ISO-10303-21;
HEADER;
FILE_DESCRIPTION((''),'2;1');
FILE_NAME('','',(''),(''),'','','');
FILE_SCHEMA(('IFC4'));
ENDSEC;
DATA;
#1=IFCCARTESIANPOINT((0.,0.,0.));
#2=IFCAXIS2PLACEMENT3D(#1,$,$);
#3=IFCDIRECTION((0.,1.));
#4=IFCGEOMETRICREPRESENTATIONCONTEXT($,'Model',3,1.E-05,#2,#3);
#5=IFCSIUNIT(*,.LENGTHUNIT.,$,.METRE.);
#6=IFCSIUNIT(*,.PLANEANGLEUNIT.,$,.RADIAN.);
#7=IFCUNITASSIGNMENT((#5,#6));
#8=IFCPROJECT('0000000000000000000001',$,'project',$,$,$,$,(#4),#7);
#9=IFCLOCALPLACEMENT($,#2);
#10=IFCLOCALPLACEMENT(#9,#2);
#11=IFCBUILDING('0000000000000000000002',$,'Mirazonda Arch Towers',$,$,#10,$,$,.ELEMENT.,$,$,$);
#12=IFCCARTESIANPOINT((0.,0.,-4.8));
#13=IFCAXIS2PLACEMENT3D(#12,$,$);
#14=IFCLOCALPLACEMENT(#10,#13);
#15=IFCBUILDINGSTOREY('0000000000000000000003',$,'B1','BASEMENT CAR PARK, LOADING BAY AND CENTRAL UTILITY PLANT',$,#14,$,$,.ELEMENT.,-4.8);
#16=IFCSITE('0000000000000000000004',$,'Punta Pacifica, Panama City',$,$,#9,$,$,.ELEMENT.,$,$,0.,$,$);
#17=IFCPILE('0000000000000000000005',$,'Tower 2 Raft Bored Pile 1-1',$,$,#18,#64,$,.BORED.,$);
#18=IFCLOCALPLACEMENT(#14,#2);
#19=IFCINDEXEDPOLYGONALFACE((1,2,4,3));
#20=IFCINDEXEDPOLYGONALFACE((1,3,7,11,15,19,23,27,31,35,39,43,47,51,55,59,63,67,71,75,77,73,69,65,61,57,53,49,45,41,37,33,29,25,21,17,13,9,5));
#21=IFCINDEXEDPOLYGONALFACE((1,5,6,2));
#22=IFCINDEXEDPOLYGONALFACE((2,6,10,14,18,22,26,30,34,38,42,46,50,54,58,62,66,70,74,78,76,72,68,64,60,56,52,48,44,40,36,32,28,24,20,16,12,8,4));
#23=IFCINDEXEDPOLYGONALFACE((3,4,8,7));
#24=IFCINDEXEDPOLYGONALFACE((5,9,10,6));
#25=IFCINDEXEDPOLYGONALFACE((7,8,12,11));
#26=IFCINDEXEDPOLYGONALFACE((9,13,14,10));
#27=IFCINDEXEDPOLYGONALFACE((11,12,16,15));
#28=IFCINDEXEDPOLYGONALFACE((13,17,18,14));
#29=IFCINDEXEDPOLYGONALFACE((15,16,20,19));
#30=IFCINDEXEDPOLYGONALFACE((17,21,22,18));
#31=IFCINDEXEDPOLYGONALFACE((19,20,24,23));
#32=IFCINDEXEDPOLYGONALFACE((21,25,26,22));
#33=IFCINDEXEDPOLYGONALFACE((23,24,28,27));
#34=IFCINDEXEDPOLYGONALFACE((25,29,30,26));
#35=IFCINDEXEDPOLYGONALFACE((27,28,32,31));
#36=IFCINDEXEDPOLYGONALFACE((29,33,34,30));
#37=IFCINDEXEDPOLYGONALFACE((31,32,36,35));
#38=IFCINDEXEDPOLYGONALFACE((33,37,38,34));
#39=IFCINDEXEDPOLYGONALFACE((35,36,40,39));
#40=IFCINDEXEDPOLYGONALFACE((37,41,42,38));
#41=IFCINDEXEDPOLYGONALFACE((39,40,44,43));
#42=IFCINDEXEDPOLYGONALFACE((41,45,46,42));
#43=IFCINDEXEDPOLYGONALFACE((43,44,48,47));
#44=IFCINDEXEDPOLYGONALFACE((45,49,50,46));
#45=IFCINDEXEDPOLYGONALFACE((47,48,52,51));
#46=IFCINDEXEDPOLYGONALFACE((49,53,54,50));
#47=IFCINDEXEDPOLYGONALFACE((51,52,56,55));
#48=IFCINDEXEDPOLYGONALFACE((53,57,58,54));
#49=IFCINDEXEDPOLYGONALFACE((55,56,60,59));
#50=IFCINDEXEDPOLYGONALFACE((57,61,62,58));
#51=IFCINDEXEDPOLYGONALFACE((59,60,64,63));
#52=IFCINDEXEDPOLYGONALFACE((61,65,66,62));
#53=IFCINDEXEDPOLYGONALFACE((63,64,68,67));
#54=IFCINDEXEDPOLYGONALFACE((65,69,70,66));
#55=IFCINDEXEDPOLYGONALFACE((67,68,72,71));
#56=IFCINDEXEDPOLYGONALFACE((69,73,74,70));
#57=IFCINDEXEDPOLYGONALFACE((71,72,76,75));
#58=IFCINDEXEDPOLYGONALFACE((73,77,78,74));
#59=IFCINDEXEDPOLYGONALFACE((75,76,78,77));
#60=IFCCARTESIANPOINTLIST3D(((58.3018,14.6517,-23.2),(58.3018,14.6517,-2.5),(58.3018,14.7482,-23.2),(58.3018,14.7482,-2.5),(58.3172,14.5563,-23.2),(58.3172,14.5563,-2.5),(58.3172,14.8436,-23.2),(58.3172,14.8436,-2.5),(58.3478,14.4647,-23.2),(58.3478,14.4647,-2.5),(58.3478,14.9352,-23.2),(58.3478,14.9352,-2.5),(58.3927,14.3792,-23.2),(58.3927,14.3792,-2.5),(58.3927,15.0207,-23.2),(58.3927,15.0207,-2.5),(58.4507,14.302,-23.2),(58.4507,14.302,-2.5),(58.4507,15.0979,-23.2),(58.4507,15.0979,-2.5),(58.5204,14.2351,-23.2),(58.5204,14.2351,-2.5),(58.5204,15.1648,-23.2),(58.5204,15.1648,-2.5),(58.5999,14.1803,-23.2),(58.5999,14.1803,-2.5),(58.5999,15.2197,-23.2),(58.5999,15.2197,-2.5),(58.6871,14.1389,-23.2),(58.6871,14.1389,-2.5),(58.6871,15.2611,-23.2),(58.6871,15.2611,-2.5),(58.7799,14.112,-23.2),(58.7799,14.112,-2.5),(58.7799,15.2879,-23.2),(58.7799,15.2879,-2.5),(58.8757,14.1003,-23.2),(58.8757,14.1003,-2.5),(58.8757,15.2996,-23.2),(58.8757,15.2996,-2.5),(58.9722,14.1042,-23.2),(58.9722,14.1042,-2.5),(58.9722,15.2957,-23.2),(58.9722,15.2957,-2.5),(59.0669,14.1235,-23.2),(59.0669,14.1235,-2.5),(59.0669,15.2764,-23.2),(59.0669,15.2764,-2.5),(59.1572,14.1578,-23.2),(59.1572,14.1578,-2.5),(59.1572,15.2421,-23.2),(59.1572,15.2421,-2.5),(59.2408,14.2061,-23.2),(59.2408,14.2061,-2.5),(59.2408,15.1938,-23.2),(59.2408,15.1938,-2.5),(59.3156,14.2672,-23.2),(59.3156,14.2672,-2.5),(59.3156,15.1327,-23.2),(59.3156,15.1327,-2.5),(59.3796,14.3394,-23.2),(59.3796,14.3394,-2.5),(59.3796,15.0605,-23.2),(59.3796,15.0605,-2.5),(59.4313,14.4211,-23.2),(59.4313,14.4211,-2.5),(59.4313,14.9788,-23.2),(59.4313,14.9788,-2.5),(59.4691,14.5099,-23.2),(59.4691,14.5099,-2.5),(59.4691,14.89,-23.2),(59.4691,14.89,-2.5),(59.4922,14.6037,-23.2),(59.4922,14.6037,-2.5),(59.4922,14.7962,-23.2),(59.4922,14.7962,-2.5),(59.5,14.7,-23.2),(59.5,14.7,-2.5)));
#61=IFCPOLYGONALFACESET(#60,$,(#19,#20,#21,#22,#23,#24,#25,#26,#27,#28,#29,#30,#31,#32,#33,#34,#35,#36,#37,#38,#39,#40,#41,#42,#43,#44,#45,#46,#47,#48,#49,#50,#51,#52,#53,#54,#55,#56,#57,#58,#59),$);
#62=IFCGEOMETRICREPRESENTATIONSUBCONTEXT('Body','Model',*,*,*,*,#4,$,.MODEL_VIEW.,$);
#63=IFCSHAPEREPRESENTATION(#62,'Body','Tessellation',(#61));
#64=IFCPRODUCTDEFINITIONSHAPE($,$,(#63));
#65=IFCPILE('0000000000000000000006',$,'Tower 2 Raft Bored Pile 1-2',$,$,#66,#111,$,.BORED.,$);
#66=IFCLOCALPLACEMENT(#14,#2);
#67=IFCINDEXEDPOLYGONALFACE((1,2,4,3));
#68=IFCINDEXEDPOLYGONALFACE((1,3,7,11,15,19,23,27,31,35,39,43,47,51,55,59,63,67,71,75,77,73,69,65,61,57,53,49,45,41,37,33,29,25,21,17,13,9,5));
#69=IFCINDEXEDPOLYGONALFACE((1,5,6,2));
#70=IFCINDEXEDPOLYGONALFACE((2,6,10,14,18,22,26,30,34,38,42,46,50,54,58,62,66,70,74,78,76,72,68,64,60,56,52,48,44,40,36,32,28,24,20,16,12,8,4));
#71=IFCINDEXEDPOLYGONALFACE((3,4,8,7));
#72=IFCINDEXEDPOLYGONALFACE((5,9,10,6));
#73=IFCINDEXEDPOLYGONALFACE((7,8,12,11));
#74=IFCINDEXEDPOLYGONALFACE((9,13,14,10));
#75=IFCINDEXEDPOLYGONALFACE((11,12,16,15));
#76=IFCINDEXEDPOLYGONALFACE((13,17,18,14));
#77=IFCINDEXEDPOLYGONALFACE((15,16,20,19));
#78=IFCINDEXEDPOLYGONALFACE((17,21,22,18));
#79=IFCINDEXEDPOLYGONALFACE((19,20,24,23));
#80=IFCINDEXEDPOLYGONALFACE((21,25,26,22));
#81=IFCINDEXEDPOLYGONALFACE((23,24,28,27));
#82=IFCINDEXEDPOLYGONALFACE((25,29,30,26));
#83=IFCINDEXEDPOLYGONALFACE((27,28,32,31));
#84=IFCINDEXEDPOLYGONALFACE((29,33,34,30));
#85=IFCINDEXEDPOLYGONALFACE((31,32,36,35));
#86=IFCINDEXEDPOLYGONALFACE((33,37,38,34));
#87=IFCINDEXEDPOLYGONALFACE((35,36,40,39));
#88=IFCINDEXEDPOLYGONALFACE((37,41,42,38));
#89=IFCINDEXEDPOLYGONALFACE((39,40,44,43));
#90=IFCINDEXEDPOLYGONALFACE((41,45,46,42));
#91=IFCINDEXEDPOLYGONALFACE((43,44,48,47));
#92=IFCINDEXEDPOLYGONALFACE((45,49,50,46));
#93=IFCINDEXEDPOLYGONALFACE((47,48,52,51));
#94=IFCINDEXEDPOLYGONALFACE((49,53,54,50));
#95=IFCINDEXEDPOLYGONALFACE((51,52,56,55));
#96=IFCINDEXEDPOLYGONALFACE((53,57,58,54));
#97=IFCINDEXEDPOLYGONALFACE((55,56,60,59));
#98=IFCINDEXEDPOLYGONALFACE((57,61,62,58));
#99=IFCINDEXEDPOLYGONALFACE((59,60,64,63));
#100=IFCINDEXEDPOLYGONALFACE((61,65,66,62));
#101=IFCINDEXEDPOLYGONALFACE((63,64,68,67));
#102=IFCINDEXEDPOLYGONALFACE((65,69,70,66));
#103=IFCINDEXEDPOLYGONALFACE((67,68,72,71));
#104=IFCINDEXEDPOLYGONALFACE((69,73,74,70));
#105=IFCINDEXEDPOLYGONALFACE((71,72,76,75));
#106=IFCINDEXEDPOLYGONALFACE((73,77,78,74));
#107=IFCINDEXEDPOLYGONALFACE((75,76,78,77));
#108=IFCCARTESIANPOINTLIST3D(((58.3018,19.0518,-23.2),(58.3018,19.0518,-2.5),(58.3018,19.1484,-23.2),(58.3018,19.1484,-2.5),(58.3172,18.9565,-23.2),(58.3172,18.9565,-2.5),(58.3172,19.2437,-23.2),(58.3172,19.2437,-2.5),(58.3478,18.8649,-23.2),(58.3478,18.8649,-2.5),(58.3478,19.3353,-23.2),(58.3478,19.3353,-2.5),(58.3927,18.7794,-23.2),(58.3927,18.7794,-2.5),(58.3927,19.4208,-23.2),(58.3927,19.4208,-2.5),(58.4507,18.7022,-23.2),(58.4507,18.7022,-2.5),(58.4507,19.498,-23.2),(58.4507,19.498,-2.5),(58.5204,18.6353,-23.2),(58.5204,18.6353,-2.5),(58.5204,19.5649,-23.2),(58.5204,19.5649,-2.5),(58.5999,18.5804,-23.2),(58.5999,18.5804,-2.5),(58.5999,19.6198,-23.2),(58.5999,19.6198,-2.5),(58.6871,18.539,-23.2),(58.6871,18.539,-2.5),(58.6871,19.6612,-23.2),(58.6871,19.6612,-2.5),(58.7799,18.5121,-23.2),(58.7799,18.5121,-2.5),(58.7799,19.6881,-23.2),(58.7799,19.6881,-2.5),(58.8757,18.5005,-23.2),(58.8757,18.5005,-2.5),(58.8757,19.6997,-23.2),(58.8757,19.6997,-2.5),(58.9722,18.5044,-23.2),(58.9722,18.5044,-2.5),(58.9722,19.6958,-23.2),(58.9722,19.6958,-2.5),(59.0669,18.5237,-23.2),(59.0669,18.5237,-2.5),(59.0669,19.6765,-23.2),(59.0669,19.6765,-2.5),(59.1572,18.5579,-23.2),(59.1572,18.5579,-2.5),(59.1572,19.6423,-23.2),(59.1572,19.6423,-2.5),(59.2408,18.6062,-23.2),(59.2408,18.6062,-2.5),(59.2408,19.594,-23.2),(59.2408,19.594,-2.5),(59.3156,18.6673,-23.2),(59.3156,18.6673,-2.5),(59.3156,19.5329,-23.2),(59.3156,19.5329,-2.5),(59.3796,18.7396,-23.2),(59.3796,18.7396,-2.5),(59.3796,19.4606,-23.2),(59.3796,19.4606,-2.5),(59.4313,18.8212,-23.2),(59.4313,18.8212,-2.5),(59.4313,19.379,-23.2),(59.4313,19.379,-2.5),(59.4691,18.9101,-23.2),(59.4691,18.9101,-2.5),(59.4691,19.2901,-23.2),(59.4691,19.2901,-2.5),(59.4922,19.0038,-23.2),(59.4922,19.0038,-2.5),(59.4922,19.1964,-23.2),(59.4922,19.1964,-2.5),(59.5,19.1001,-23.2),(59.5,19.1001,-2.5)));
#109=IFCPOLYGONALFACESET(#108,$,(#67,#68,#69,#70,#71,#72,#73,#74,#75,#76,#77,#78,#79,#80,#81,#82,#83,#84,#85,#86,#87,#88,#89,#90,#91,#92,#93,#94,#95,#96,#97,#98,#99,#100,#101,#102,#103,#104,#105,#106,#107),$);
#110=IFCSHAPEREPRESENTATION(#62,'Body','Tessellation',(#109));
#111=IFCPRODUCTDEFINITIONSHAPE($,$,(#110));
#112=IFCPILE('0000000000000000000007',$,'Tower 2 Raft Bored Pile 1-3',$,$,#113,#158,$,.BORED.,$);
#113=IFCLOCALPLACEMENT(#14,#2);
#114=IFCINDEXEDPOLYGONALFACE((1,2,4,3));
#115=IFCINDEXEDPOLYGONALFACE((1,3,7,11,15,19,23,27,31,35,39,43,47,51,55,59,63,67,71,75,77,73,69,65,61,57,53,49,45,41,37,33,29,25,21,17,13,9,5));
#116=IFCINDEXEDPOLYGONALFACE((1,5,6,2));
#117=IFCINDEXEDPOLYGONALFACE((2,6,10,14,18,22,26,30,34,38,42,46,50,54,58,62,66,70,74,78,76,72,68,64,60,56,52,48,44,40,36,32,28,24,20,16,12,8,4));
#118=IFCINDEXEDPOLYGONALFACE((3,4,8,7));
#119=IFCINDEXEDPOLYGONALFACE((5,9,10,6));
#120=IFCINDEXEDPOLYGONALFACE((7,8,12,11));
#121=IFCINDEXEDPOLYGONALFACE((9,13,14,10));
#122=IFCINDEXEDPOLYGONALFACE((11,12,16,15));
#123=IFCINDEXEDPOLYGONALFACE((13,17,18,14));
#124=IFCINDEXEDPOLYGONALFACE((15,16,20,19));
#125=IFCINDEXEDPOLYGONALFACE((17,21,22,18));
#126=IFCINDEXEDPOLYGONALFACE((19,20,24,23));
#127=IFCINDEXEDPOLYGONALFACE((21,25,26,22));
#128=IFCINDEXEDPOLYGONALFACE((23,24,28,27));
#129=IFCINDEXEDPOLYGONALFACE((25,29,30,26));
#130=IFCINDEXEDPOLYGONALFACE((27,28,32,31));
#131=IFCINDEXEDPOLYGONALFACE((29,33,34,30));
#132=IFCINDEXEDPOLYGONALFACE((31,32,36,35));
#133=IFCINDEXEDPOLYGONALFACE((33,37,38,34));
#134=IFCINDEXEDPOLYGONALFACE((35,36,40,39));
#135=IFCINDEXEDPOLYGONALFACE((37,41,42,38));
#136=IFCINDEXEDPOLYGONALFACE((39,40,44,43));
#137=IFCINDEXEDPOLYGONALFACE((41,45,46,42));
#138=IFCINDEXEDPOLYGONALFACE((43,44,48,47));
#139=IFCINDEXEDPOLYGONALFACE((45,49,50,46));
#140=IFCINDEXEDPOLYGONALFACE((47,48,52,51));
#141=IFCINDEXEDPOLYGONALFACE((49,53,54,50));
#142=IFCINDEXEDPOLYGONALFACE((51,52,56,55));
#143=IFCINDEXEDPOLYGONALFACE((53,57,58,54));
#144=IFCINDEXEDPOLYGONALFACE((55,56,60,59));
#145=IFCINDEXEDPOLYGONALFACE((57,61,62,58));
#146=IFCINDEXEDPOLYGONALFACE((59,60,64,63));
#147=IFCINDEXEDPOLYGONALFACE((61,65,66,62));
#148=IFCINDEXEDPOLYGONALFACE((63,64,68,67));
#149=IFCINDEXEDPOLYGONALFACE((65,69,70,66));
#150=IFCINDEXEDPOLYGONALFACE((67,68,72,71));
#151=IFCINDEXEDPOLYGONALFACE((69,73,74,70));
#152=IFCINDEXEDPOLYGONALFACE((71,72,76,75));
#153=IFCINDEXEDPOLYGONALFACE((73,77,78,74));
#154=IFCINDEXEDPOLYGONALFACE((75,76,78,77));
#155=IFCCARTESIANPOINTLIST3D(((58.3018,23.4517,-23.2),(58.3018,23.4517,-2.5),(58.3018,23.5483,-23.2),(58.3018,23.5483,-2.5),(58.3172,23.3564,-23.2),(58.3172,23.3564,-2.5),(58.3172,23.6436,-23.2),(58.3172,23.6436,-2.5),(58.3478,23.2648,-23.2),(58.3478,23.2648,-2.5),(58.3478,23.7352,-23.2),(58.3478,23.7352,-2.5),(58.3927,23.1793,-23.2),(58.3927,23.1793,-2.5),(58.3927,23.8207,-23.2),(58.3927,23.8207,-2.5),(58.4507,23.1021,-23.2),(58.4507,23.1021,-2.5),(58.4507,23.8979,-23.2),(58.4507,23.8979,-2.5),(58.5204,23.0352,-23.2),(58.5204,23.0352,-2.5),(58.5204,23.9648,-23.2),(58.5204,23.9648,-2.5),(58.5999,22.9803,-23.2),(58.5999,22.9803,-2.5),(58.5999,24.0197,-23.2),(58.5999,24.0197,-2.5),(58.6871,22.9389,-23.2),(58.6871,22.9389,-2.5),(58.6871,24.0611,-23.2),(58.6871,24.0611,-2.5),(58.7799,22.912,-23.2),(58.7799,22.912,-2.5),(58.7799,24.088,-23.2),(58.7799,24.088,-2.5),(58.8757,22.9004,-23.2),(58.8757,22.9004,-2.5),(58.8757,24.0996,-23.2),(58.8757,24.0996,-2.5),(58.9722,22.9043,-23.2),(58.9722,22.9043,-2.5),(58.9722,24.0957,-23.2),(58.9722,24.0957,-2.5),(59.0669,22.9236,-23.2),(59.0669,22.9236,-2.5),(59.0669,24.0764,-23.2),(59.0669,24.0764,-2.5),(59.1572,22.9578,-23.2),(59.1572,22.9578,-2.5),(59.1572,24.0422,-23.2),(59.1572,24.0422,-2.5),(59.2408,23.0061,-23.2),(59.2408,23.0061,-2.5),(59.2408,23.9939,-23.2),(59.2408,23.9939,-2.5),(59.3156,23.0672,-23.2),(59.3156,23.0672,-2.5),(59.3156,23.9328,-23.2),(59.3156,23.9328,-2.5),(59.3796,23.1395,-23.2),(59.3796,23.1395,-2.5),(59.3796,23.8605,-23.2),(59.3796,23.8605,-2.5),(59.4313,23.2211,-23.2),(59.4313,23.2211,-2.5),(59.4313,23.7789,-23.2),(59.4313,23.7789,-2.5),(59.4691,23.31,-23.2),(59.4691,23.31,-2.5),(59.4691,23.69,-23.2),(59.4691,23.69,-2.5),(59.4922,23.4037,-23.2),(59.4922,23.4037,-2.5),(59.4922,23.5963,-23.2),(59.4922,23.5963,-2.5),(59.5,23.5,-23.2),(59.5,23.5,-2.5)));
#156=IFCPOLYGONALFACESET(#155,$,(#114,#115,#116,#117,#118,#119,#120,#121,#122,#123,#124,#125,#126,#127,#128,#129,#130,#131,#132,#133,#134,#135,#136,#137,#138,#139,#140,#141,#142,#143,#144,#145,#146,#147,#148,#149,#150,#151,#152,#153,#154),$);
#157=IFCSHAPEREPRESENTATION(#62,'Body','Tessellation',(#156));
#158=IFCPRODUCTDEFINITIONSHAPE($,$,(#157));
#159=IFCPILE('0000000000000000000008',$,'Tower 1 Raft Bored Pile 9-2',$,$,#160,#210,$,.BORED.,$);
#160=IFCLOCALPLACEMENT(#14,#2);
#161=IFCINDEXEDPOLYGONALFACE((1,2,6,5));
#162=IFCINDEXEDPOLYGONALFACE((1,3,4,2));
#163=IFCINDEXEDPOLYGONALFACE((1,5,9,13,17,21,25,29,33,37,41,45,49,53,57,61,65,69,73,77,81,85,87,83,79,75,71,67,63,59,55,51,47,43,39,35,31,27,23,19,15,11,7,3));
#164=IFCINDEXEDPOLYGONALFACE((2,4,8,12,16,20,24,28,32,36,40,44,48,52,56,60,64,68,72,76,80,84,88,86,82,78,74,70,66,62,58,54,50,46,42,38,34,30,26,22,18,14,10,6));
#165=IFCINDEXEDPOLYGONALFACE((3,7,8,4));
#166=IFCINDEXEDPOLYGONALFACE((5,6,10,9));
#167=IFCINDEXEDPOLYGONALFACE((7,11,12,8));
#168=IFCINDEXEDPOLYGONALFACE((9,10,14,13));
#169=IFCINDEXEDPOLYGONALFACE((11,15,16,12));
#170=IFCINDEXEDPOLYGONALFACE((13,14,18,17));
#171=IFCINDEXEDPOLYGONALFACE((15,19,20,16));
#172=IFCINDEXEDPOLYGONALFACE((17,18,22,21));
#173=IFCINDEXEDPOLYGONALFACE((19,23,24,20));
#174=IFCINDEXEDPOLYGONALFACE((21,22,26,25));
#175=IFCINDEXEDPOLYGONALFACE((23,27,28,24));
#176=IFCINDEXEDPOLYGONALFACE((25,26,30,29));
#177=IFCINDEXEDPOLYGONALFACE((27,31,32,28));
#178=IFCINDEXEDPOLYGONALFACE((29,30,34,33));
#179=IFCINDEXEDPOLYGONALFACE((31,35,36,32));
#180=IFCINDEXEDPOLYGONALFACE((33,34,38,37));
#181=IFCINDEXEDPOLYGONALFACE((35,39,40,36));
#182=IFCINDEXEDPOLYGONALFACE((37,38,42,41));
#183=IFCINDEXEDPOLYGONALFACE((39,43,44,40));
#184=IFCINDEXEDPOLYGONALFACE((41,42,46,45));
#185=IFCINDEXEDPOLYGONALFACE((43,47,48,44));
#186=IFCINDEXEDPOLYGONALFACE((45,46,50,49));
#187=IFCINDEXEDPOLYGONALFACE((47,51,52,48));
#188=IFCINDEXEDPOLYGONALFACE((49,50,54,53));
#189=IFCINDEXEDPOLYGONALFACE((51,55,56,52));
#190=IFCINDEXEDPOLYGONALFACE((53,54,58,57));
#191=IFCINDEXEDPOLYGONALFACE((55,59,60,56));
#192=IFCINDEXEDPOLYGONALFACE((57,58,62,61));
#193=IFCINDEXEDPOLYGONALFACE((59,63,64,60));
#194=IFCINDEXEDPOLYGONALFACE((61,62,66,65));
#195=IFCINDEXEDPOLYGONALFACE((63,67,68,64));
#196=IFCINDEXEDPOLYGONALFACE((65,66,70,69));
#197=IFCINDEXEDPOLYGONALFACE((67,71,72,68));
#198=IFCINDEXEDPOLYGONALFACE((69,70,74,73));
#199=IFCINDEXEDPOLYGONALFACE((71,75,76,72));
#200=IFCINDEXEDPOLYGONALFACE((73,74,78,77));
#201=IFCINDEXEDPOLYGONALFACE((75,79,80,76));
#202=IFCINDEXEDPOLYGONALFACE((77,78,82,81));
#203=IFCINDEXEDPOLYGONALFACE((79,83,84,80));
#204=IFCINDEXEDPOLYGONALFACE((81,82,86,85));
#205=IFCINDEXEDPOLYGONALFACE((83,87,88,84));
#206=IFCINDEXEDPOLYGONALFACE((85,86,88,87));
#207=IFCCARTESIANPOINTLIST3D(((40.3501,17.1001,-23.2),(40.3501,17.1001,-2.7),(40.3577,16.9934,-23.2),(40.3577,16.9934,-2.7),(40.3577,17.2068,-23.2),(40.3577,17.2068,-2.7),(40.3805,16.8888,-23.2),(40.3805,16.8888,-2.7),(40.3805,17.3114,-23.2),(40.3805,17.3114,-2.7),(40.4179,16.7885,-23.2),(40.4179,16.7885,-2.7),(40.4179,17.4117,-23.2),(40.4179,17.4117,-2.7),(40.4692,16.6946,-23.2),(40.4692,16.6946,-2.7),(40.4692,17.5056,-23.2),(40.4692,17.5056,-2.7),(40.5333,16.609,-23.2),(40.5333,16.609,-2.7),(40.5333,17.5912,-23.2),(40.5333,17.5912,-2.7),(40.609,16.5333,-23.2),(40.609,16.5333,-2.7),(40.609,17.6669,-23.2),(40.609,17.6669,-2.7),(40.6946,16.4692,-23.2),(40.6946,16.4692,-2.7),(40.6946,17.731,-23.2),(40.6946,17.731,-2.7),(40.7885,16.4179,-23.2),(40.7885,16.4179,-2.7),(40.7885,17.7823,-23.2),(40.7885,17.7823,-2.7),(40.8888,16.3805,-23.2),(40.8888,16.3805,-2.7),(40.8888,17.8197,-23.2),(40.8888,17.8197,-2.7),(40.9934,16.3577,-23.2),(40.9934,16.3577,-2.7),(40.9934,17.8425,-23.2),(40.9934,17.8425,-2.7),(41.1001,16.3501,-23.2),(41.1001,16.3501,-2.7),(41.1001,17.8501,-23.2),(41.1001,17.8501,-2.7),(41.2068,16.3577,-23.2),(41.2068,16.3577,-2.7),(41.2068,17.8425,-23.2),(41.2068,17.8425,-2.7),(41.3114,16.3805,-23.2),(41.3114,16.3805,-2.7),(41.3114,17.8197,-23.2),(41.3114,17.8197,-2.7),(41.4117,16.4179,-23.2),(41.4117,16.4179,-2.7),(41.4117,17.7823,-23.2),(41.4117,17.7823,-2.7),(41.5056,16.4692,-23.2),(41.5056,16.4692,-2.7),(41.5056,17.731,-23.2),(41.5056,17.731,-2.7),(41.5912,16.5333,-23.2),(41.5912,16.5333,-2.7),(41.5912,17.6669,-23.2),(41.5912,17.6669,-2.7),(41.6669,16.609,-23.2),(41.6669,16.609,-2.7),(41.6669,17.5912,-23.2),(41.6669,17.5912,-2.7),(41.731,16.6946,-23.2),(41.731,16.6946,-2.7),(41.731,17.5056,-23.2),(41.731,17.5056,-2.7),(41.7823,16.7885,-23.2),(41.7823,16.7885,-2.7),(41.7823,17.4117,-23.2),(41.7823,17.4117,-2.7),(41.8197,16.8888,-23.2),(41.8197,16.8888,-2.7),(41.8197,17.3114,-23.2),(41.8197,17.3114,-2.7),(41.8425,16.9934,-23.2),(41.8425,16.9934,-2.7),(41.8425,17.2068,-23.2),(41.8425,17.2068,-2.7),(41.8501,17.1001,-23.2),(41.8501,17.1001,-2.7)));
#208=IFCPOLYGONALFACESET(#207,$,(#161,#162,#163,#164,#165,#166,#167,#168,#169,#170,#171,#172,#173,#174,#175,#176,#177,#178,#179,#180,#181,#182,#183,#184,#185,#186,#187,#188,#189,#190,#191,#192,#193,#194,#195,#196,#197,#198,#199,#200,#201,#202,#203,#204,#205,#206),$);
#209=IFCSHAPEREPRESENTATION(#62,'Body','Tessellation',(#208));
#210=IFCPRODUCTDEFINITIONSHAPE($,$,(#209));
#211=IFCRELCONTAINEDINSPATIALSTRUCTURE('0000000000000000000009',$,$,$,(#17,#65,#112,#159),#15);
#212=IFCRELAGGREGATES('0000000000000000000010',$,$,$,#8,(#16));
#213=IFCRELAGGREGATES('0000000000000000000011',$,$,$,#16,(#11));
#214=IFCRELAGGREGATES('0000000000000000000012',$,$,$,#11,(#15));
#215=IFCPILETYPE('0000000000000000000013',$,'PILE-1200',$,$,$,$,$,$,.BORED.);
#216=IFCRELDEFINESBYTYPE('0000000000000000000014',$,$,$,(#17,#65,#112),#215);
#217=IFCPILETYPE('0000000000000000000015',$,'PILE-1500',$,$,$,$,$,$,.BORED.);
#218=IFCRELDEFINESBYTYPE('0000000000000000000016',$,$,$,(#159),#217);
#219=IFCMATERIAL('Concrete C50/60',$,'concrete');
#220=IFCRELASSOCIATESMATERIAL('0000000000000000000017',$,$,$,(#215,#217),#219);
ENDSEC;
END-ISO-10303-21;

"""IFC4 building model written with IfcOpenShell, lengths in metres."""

from ifc_helpers import new_model, si_unit, direction, frame, origin, origin_2d, place, context, subcontext, project, spatial, circle, extrude, material, material_profile, profile_set, type_object, element, save


model = new_model("IFC4")

# Units and contexts
model_context = context("Model", 3, precision=1e-05, world=origin(), true_north=direction((0.0, 1.0)))
body_context = subcontext(model_context, "Body", "Model", "MODEL_VIEW")
ifc_project = project(units=[si_unit("LENGTHUNIT", "METRE"), si_unit("PLANEANGLEUNIT", "RADIAN")], contexts=[model_context])

# Site, building, storey
site_placement = place(None, origin())
site = spatial("IfcSite", under=ifc_project, at=site_placement, Name="Punta Pacifica, Panama City", CompositionType="ELEMENT", RefElevation=0.0)
building_placement = place(site_placement, origin())
building = spatial("IfcBuilding", under=site, at=building_placement, Name="Mirazonda Arch Towers", CompositionType="ELEMENT")
storey_placement = place(building_placement, frame((0.0, 0.0, -4.8)))
storey = spatial("IfcBuildingStorey", under=building, at=storey_placement, Name="B1", Description="BASEMENT CAR PARK, LOADING BAY AND CENTRAL UTILITY PLANT", CompositionType="ELEMENT", Elevation=-4.8)

# Piles
ifc_material_1 = material(Name="Concrete C50/60", Category="concrete")
ifc_material_profile_1 = material_profile(ifc_material_1, circle(Radius=0.6001, at=origin_2d()), Name="BORED-D1200")
ifc_profile_set_1 = profile_set([ifc_material_profile_1], Name="Concrete C50/60")
pile_type_1 = type_object("IfcPileType", Name="PILE-1200", PredefinedType="BORED", material=ifc_profile_set_1)
for number, where, z_axis, x_axis, name in (
    (1, (58.8999, 14.7, -2.5), (0.0, 0.0, -1.0), (1.0, 0.0, 0.0), "Tower 2 Raft Bored Pile 1-1"),
    (2, (58.8999, 19.1001, -2.5), (0.0, 0.0, -1.0), (1.0, 0.0, 0.0), "Tower 2 Raft Bored Pile 1-2"),
    (3, (58.8999, 23.5, -2.5), (0.0, 0.0, -1.0), (1.0, 0.0, 0.0), "Tower 2 Raft Bored Pile 1-3"),
):
    element("IfcPile", number, at=place(storey_placement, frame(where, z_axis=z_axis, x_axis=x_axis)), inside=storey, type_object=pile_type_1, Name=name, PredefinedType="BORED", context=body_context, shape_type="SweptSolid", body=[
        extrude(circle(Radius=0.6001, at=origin_2d()), origin(), (0.0, 0.0, 1.0), 20.7),
    ])
ifc_material_profile_2 = material_profile(ifc_material_1, circle(Radius=0.75, at=origin_2d()), Name="BORED-D1500")
ifc_profile_set_2 = profile_set([ifc_material_profile_2], Name="Concrete C50/60")
pile_type_2 = type_object("IfcPileType", Name="PILE-1500", PredefinedType="BORED", material=ifc_profile_set_2)
for number, where, z_axis, x_axis, name in (
    (4, (41.1001, 17.1001, -2.7), (0.0, 0.0, -1.0), (1.0, 0.0, 0.0), "Tower 1 Raft Bored Pile 9-2"),
):
    element("IfcPile", number, at=place(storey_placement, frame(where, z_axis=z_axis, x_axis=x_axis)), inside=storey, type_object=pile_type_2, Name=name, PredefinedType="BORED", context=body_context, shape_type="SweptSolid", body=[
        extrude(circle(Radius=0.75, at=origin_2d()), origin(), (0.0, 0.0, 1.0), 20.5),
    ])

save(model, "model.ifc")
